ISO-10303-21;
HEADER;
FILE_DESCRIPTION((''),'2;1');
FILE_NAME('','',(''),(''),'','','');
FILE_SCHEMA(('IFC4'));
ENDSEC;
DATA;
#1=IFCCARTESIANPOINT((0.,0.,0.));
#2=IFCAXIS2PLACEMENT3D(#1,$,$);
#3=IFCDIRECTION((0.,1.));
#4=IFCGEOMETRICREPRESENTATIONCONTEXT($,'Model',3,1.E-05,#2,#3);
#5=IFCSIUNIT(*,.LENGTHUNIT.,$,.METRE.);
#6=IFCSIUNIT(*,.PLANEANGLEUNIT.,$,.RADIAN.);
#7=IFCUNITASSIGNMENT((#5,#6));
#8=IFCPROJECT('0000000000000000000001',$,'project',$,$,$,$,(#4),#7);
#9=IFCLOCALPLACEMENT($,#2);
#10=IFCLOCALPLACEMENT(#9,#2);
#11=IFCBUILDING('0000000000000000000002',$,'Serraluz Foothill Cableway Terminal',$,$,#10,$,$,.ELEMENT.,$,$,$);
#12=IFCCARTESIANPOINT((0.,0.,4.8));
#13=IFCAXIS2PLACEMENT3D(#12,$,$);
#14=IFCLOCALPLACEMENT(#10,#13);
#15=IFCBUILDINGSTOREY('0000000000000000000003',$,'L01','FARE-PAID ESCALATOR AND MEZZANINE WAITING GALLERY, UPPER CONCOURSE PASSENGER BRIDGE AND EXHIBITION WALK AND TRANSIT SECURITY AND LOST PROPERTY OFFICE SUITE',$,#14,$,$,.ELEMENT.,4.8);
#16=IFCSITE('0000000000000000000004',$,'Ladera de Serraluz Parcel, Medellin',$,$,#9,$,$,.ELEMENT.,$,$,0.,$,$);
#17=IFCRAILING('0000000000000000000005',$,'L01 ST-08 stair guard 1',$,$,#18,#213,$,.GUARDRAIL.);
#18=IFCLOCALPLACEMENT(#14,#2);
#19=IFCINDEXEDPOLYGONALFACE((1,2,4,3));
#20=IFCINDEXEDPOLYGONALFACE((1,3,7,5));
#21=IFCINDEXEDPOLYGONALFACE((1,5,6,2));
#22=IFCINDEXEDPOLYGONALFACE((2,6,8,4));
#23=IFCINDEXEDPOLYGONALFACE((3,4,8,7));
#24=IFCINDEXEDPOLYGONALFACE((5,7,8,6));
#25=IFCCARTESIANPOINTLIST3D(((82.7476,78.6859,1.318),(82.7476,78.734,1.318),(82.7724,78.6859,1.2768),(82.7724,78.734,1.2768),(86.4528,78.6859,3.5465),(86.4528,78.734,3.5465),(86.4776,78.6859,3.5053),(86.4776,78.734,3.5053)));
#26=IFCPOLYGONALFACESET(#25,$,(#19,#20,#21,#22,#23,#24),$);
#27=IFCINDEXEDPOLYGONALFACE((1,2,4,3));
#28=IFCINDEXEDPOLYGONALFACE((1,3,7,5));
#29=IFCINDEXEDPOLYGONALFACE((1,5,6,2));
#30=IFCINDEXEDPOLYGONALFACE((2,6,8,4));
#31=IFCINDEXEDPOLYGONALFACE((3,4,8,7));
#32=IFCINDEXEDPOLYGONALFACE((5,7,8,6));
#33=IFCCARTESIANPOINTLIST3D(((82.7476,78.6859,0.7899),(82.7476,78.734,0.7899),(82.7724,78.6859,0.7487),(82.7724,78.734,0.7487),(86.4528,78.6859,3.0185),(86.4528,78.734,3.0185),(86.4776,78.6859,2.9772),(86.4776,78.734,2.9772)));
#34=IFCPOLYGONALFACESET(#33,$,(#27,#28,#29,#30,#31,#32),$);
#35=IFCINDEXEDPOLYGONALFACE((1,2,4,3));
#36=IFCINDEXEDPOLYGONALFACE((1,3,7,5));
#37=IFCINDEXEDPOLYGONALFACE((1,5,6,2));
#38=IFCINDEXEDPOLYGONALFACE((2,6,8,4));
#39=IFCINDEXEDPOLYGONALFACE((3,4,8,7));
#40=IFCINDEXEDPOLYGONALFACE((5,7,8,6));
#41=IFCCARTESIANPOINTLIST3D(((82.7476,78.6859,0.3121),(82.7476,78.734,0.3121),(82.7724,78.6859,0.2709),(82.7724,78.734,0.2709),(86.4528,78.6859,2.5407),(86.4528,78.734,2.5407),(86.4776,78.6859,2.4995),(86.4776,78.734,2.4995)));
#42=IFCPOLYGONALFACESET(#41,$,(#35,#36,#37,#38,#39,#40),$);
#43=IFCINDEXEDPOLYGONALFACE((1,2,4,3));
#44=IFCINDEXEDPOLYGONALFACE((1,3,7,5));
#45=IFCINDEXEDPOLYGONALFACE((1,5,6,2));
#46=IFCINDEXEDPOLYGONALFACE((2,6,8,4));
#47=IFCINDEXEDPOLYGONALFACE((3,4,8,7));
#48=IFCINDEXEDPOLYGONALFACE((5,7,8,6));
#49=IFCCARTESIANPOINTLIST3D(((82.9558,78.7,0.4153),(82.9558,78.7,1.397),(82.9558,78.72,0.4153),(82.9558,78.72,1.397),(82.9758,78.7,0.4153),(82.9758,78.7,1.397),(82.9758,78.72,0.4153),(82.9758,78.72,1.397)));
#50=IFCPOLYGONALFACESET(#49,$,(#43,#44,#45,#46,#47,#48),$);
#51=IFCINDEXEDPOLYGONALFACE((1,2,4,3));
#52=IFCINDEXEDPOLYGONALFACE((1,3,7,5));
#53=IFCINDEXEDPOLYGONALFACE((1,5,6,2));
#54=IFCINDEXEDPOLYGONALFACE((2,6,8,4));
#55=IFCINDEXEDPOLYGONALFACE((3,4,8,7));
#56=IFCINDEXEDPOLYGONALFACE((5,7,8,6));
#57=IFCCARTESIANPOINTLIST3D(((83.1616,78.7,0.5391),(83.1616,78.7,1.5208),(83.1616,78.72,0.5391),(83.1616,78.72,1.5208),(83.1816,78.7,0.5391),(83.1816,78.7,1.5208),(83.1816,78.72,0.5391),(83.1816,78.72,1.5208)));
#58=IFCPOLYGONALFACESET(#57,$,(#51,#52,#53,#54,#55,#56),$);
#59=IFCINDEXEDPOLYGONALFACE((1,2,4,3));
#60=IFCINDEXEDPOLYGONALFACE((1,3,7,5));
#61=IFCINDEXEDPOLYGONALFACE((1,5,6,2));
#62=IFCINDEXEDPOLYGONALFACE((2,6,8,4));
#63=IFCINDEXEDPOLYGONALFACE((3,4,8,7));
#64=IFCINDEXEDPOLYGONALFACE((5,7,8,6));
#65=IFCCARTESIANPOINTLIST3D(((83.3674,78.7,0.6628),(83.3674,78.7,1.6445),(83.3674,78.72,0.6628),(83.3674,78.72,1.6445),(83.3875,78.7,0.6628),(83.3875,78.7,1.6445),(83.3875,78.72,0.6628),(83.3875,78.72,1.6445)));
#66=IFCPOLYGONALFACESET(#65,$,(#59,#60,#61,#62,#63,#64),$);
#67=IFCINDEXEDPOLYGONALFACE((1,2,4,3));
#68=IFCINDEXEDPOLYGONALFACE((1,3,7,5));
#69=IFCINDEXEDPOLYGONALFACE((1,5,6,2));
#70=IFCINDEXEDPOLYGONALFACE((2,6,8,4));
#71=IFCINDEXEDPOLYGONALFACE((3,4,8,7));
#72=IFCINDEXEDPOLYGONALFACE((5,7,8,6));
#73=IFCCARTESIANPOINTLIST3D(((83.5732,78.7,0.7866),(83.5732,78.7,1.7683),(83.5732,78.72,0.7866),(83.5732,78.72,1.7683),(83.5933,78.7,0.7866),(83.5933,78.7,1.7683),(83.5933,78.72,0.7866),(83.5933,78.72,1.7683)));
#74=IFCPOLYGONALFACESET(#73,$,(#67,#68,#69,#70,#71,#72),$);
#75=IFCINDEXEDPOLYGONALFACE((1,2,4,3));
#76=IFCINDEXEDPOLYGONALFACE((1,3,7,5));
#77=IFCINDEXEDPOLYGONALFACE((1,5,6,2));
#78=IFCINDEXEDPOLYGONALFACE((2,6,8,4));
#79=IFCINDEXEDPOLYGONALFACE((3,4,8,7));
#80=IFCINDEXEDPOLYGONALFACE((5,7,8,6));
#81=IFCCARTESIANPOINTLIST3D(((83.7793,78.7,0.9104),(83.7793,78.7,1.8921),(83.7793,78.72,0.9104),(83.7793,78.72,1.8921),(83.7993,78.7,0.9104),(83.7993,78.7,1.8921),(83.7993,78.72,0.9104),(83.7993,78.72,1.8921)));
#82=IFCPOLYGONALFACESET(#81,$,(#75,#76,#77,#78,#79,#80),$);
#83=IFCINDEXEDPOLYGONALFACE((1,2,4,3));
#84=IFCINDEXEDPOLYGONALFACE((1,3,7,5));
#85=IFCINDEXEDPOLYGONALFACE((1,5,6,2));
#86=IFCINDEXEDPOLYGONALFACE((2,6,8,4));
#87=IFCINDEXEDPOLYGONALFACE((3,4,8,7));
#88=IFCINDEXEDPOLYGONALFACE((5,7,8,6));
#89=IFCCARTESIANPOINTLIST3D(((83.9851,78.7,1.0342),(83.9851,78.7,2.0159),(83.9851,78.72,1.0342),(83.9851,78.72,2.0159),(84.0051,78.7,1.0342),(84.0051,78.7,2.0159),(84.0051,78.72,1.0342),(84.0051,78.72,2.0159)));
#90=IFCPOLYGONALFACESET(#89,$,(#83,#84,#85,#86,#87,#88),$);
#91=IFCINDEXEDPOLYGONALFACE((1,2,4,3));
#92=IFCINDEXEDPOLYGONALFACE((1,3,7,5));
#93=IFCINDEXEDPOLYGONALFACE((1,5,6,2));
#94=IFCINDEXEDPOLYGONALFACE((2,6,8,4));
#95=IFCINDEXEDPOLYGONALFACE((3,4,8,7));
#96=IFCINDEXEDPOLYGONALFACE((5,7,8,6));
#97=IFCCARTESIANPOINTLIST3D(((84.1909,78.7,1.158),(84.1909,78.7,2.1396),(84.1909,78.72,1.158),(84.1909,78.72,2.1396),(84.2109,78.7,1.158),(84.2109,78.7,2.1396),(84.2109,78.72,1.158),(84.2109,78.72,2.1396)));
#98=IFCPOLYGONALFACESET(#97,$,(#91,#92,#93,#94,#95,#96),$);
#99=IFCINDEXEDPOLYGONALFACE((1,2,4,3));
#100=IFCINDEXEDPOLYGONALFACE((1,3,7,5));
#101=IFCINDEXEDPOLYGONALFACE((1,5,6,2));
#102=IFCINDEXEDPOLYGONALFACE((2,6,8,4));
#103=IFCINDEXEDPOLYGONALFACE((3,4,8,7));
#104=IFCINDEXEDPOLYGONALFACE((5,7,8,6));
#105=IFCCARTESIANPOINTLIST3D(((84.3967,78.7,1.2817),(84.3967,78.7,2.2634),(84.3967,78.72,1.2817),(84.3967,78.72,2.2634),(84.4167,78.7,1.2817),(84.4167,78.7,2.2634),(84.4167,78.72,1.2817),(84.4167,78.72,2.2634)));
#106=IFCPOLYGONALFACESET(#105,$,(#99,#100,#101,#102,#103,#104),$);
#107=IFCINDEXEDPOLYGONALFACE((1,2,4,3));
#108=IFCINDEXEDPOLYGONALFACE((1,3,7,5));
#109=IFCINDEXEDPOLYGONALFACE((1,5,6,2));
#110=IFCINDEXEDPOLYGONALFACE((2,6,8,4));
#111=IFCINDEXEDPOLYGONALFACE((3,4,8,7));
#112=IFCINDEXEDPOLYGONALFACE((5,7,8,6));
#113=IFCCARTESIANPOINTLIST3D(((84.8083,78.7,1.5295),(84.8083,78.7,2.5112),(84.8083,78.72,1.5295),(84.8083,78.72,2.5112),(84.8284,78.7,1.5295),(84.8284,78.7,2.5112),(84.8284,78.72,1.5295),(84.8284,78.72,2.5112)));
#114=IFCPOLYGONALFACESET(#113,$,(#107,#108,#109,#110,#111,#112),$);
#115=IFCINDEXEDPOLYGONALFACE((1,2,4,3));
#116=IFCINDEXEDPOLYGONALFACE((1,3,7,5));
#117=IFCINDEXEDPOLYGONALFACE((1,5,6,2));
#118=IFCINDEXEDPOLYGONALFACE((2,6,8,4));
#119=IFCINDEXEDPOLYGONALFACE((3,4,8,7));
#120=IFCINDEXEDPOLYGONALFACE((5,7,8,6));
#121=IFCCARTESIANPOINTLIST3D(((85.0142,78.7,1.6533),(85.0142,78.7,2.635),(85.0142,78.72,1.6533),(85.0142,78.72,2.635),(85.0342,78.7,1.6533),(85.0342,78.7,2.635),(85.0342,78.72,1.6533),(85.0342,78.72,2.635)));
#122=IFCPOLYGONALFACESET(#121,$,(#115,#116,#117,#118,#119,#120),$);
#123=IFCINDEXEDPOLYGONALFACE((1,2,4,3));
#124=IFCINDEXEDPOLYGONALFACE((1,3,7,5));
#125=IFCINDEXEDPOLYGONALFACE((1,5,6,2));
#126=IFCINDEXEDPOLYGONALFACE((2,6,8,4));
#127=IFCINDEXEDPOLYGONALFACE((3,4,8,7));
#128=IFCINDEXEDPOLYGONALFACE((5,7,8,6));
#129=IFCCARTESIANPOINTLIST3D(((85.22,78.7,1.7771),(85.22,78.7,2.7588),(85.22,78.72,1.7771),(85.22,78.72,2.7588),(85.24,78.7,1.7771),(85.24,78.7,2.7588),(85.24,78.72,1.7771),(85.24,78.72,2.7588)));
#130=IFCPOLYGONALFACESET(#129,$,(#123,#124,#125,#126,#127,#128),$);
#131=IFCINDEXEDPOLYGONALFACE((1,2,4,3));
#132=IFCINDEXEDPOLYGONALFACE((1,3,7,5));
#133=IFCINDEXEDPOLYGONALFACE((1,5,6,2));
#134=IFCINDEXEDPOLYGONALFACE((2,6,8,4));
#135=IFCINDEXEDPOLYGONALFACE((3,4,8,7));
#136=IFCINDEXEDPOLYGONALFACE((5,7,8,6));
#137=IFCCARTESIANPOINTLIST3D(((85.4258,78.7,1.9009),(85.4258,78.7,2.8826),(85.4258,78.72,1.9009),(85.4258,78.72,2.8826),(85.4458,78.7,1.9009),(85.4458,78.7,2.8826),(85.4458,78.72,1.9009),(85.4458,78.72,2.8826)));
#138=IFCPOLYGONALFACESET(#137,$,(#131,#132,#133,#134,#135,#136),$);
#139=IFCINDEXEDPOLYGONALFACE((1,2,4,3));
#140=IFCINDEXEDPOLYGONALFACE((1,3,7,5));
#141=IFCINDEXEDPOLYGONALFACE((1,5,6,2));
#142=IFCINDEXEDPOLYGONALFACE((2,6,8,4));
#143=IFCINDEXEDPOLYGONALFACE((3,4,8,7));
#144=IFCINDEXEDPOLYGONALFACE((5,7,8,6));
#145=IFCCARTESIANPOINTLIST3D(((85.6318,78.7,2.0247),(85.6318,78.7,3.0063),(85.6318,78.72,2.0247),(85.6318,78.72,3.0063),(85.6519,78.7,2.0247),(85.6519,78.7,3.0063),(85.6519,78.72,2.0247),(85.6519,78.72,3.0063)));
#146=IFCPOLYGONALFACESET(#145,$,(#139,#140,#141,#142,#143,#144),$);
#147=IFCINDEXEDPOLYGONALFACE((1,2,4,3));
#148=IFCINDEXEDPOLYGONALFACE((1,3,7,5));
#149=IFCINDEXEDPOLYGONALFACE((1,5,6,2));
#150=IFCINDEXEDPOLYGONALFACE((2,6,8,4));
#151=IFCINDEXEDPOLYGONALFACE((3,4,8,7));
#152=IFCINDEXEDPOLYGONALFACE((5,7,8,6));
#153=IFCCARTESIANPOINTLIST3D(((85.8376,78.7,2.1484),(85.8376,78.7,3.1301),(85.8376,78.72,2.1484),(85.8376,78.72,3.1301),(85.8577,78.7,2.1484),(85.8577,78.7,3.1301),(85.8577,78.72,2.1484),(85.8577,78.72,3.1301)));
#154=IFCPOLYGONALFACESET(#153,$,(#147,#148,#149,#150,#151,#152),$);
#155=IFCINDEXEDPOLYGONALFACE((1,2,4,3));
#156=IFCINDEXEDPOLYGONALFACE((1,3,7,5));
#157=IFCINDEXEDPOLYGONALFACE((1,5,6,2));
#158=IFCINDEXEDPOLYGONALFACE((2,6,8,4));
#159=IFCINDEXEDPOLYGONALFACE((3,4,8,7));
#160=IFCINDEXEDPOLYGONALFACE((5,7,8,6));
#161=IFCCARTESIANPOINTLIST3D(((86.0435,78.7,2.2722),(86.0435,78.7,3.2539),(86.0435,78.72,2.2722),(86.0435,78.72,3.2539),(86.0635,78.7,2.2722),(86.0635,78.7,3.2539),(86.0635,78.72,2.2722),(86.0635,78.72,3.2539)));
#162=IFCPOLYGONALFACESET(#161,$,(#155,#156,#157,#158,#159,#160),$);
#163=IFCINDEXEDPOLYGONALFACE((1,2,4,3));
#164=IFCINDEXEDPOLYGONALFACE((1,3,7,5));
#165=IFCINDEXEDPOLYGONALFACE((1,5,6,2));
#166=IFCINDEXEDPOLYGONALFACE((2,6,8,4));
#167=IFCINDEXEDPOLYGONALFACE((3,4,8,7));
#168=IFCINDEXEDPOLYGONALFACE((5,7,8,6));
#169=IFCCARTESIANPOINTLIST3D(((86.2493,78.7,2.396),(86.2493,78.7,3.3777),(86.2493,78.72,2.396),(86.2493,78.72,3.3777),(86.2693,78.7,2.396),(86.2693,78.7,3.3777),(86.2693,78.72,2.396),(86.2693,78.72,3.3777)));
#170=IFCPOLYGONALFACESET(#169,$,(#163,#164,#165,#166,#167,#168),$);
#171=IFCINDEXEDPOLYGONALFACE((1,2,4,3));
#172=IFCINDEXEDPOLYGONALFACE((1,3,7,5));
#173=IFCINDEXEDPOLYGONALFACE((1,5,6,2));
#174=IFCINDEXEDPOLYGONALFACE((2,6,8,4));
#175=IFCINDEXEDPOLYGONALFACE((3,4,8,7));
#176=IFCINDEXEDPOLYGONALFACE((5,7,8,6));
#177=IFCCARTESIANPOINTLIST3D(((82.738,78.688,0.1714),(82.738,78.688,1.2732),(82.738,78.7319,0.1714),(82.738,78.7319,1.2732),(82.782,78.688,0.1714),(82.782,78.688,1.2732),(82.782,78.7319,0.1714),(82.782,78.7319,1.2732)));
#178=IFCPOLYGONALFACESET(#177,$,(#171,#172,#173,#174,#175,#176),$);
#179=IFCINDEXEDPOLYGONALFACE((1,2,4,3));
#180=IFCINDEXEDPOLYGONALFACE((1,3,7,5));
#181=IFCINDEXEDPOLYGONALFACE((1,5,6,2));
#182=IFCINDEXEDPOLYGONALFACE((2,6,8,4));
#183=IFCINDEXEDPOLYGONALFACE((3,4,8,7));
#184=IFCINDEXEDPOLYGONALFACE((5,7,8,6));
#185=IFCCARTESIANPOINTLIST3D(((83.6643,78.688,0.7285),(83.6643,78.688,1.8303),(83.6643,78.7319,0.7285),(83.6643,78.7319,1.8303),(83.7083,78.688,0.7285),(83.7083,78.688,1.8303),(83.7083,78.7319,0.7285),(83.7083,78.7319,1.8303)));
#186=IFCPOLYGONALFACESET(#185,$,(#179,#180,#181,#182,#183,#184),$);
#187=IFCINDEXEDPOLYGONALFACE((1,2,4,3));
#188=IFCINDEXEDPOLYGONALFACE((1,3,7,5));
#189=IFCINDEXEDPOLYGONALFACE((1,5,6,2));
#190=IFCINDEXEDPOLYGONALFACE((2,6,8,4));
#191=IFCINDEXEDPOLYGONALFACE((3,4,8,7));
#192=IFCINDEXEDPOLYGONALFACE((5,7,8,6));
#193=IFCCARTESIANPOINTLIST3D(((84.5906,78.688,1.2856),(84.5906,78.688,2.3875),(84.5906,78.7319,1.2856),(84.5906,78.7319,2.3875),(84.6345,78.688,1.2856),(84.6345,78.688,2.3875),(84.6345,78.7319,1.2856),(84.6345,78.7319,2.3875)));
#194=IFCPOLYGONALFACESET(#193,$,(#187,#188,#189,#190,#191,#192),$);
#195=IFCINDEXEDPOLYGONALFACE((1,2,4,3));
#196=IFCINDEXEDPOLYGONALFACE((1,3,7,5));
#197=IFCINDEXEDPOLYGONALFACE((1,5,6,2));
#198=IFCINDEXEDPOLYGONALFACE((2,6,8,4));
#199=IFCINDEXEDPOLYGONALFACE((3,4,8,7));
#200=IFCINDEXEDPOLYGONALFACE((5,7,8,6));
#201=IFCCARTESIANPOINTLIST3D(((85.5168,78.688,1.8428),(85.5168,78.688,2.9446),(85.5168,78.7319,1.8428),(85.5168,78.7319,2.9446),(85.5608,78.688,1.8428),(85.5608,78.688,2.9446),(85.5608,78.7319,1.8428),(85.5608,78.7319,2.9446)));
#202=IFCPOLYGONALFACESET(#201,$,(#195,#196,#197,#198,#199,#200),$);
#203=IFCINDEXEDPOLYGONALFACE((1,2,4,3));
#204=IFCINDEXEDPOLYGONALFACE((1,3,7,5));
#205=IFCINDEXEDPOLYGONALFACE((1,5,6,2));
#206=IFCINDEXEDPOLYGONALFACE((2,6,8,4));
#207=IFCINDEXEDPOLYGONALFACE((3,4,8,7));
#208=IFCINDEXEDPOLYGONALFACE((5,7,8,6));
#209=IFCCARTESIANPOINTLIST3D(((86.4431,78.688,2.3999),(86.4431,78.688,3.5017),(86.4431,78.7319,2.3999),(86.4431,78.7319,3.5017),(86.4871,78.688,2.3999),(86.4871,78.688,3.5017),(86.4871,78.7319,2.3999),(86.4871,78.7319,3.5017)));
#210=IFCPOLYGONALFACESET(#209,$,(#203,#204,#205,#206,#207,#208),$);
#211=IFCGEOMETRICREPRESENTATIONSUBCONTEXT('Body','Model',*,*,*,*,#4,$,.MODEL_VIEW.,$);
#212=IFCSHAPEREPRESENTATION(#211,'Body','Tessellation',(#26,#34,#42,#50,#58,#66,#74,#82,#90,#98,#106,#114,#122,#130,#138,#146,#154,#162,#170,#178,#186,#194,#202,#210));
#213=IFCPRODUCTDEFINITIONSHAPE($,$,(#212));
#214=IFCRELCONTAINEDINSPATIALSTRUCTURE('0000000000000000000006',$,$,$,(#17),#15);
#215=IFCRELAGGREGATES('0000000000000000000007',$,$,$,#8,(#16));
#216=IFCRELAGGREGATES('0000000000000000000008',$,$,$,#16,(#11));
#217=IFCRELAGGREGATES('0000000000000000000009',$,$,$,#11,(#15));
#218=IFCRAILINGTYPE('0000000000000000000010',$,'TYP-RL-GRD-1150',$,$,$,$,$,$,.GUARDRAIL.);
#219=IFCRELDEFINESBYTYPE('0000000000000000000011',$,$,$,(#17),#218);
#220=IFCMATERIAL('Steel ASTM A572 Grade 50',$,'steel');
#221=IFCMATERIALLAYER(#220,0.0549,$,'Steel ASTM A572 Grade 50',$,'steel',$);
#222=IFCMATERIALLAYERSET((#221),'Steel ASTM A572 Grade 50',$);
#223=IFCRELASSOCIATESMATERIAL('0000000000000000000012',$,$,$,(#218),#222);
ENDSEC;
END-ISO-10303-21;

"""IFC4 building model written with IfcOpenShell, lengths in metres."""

from ifc_helpers import new_model, si_unit, direction, frame, origin, origin_2d, place, context, subcontext, project, spatial, rectangle, extrude, material, layer, layer_set, type_object, element, save


model = new_model("IFC4")

# Units and contexts
model_context = context("Model", 3, precision=1e-05, world=origin(), true_north=direction((0.0, 1.0)))
body_context = subcontext(model_context, "Body", "Model", "MODEL_VIEW")
ifc_project = project(units=[si_unit("LENGTHUNIT", "METRE"), si_unit("PLANEANGLEUNIT", "RADIAN")], contexts=[model_context])

# Site, building, storey
site_placement = place(None, origin())
site = spatial("IfcSite", under=ifc_project, at=site_placement, Name="Ladera de Serraluz Parcel, Medellin", CompositionType="ELEMENT", RefElevation=0.0)
building_placement = place(site_placement, origin())
building = spatial("IfcBuilding", under=site, at=building_placement, Name="Serraluz Foothill Cableway Terminal", CompositionType="ELEMENT")
storey_placement = place(building_placement, frame((0.0, 0.0, 4.8)))
storey = spatial("IfcBuildingStorey", under=building, at=storey_placement, Name="L01", Description="FARE-PAID ESCALATOR AND MEZZANINE WAITING GALLERY, UPPER CONCOURSE PASSENGER BRIDGE AND EXHIBITION WALK AND TRANSIT SECURITY AND LOST PROPERTY OFFICE SUITE", CompositionType="ELEMENT", Elevation=4.8)

# Railing
ifc_material_1 = material(Name="Steel ASTM A572 Grade 50", Category="steel")
ifc_layer_1 = layer(ifc_material_1, 0.0549, Name="Steel ASTM A572 Grade 50", Category="steel")
ifc_layer_set_1 = layer_set([ifc_layer_1], Name="Steel ASTM A572 Grade 50")
railing_type_1 = type_object("IfcRailingType", Name="TYP-RL-GRD-1150", PredefinedType="GUARDRAIL", material=ifc_layer_set_1)
railing_1_placement = place(storey_placement, frame((82.76, 78.71, 0.1714)))
element("IfcRailing", 1, at=railing_1_placement, inside=storey, type_object=railing_type_1, Name="L01 ST-08 stair guard 1", PredefinedType="GUARDRAIL", context=body_context, shape_type="SweptSolid", body=[
    extrude(rectangle(XDim=0.0481, YDim=0.0481, at=origin_2d()), frame((0.0, 0.0, 1.126), z_axis=(0.856934, 0.0, 0.515425), x_axis=(0.0, 1.0, 0.0)), (0.0, 0.0, 1.0), 4.3237),
    extrude(rectangle(XDim=0.0481, YDim=0.0481, at=origin_2d()), frame((0.0, 0.0, 0.5979), z_axis=(0.856934, 0.0, 0.515425), x_axis=(0.0, 1.0, 0.0)), (0.0, 0.0, 1.0), 4.3237),
    extrude(rectangle(XDim=0.0481, YDim=0.0481, at=origin_2d()), frame((0.0, 0.0, 0.1201), z_axis=(0.856934, 0.0, 0.515425), x_axis=(0.0, 1.0, 0.0)), (0.0, 0.0, 1.0), 4.3237),
    extrude(rectangle(XDim=0.02, YDim=0.02, at=origin_2d()), frame((0.2058, 0.0, 0.2439)), (0.0, 0.0, 1.0), 0.9817),
    extrude(rectangle(XDim=0.02, YDim=0.02, at=origin_2d()), frame((0.4116, 0.0, 0.3677)), (0.0, 0.0, 1.0), 0.9817),
    extrude(rectangle(XDim=0.02, YDim=0.02, at=origin_2d()), frame((0.6174, 0.0, 0.4915)), (0.0, 0.0, 1.0), 0.9817),
    extrude(rectangle(XDim=0.02, YDim=0.02, at=origin_2d()), frame((0.8232, 0.0, 0.6152)), (0.0, 0.0, 1.0), 0.9817),
    extrude(rectangle(XDim=0.02, YDim=0.02, at=origin_2d()), frame((1.0293, 0.0, 0.739)), (0.0, 0.0, 1.0), 0.9817),
    extrude(rectangle(XDim=0.02, YDim=0.02, at=origin_2d()), frame((1.2351, 0.0, 0.8628)), (0.0, 0.0, 1.0), 0.9817),
    extrude(rectangle(XDim=0.02, YDim=0.02, at=origin_2d()), frame((1.4409, 0.0, 0.9866)), (0.0, 0.0, 1.0), 0.9817),
    extrude(rectangle(XDim=0.02, YDim=0.02, at=origin_2d()), frame((1.6467, 0.0, 1.1104)), (0.0, 0.0, 1.0), 0.9817),
    extrude(rectangle(XDim=0.02, YDim=0.02, at=origin_2d()), frame((2.0583, 0.0, 1.3582)), (0.0, 0.0, 1.0), 0.9817),
    extrude(rectangle(XDim=0.02, YDim=0.02, at=origin_2d()), frame((2.2642, 0.0, 1.4819)), (0.0, 0.0, 1.0), 0.9817),
    extrude(rectangle(XDim=0.02, YDim=0.02, at=origin_2d()), frame((2.47, 0.0, 1.6057)), (0.0, 0.0, 1.0), 0.9817),
    extrude(rectangle(XDim=0.02, YDim=0.02, at=origin_2d()), frame((2.6758, 0.0, 1.7295)), (0.0, 0.0, 1.0), 0.9817),
    extrude(rectangle(XDim=0.02, YDim=0.02, at=origin_2d()), frame((2.8818, 0.0, 1.8533)), (0.0, 0.0, 1.0), 0.9817),
    extrude(rectangle(XDim=0.02, YDim=0.02, at=origin_2d()), frame((3.0876, 0.0, 1.9771)), (0.0, 0.0, 1.0), 0.9817),
    extrude(rectangle(XDim=0.02, YDim=0.02, at=origin_2d()), frame((3.2935, 0.0, 2.1008)), (0.0, 0.0, 1.0), 0.9817),
    extrude(rectangle(XDim=0.02, YDim=0.02, at=origin_2d()), frame((3.4993, 0.0, 2.2246)), (0.0, 0.0, 1.0), 0.9817),
    extrude(rectangle(XDim=0.0439, YDim=0.0439, at=origin_2d()), origin(), (0.0, 0.0, 1.0), 1.1018),
    extrude(rectangle(XDim=0.0439, YDim=0.0439, at=origin_2d()), frame((0.9263, 0.0, 0.5571)), (0.0, 0.0, 1.0), 1.1018),
    extrude(rectangle(XDim=0.0439, YDim=0.0439, at=origin_2d()), frame((1.8525, 0.0, 1.1143)), (0.0, 0.0, 1.0), 1.1018),
    extrude(rectangle(XDim=0.0439, YDim=0.0439, at=origin_2d()), frame((2.7788, 0.0, 1.6714)), (0.0, 0.0, 1.0), 1.1018),
    extrude(rectangle(XDim=0.0439, YDim=0.0439, at=origin_2d()), frame((3.7051, 0.0, 2.2285)), (0.0, 0.0, 1.0), 1.1018),
])

save(model, "model.ifc")
